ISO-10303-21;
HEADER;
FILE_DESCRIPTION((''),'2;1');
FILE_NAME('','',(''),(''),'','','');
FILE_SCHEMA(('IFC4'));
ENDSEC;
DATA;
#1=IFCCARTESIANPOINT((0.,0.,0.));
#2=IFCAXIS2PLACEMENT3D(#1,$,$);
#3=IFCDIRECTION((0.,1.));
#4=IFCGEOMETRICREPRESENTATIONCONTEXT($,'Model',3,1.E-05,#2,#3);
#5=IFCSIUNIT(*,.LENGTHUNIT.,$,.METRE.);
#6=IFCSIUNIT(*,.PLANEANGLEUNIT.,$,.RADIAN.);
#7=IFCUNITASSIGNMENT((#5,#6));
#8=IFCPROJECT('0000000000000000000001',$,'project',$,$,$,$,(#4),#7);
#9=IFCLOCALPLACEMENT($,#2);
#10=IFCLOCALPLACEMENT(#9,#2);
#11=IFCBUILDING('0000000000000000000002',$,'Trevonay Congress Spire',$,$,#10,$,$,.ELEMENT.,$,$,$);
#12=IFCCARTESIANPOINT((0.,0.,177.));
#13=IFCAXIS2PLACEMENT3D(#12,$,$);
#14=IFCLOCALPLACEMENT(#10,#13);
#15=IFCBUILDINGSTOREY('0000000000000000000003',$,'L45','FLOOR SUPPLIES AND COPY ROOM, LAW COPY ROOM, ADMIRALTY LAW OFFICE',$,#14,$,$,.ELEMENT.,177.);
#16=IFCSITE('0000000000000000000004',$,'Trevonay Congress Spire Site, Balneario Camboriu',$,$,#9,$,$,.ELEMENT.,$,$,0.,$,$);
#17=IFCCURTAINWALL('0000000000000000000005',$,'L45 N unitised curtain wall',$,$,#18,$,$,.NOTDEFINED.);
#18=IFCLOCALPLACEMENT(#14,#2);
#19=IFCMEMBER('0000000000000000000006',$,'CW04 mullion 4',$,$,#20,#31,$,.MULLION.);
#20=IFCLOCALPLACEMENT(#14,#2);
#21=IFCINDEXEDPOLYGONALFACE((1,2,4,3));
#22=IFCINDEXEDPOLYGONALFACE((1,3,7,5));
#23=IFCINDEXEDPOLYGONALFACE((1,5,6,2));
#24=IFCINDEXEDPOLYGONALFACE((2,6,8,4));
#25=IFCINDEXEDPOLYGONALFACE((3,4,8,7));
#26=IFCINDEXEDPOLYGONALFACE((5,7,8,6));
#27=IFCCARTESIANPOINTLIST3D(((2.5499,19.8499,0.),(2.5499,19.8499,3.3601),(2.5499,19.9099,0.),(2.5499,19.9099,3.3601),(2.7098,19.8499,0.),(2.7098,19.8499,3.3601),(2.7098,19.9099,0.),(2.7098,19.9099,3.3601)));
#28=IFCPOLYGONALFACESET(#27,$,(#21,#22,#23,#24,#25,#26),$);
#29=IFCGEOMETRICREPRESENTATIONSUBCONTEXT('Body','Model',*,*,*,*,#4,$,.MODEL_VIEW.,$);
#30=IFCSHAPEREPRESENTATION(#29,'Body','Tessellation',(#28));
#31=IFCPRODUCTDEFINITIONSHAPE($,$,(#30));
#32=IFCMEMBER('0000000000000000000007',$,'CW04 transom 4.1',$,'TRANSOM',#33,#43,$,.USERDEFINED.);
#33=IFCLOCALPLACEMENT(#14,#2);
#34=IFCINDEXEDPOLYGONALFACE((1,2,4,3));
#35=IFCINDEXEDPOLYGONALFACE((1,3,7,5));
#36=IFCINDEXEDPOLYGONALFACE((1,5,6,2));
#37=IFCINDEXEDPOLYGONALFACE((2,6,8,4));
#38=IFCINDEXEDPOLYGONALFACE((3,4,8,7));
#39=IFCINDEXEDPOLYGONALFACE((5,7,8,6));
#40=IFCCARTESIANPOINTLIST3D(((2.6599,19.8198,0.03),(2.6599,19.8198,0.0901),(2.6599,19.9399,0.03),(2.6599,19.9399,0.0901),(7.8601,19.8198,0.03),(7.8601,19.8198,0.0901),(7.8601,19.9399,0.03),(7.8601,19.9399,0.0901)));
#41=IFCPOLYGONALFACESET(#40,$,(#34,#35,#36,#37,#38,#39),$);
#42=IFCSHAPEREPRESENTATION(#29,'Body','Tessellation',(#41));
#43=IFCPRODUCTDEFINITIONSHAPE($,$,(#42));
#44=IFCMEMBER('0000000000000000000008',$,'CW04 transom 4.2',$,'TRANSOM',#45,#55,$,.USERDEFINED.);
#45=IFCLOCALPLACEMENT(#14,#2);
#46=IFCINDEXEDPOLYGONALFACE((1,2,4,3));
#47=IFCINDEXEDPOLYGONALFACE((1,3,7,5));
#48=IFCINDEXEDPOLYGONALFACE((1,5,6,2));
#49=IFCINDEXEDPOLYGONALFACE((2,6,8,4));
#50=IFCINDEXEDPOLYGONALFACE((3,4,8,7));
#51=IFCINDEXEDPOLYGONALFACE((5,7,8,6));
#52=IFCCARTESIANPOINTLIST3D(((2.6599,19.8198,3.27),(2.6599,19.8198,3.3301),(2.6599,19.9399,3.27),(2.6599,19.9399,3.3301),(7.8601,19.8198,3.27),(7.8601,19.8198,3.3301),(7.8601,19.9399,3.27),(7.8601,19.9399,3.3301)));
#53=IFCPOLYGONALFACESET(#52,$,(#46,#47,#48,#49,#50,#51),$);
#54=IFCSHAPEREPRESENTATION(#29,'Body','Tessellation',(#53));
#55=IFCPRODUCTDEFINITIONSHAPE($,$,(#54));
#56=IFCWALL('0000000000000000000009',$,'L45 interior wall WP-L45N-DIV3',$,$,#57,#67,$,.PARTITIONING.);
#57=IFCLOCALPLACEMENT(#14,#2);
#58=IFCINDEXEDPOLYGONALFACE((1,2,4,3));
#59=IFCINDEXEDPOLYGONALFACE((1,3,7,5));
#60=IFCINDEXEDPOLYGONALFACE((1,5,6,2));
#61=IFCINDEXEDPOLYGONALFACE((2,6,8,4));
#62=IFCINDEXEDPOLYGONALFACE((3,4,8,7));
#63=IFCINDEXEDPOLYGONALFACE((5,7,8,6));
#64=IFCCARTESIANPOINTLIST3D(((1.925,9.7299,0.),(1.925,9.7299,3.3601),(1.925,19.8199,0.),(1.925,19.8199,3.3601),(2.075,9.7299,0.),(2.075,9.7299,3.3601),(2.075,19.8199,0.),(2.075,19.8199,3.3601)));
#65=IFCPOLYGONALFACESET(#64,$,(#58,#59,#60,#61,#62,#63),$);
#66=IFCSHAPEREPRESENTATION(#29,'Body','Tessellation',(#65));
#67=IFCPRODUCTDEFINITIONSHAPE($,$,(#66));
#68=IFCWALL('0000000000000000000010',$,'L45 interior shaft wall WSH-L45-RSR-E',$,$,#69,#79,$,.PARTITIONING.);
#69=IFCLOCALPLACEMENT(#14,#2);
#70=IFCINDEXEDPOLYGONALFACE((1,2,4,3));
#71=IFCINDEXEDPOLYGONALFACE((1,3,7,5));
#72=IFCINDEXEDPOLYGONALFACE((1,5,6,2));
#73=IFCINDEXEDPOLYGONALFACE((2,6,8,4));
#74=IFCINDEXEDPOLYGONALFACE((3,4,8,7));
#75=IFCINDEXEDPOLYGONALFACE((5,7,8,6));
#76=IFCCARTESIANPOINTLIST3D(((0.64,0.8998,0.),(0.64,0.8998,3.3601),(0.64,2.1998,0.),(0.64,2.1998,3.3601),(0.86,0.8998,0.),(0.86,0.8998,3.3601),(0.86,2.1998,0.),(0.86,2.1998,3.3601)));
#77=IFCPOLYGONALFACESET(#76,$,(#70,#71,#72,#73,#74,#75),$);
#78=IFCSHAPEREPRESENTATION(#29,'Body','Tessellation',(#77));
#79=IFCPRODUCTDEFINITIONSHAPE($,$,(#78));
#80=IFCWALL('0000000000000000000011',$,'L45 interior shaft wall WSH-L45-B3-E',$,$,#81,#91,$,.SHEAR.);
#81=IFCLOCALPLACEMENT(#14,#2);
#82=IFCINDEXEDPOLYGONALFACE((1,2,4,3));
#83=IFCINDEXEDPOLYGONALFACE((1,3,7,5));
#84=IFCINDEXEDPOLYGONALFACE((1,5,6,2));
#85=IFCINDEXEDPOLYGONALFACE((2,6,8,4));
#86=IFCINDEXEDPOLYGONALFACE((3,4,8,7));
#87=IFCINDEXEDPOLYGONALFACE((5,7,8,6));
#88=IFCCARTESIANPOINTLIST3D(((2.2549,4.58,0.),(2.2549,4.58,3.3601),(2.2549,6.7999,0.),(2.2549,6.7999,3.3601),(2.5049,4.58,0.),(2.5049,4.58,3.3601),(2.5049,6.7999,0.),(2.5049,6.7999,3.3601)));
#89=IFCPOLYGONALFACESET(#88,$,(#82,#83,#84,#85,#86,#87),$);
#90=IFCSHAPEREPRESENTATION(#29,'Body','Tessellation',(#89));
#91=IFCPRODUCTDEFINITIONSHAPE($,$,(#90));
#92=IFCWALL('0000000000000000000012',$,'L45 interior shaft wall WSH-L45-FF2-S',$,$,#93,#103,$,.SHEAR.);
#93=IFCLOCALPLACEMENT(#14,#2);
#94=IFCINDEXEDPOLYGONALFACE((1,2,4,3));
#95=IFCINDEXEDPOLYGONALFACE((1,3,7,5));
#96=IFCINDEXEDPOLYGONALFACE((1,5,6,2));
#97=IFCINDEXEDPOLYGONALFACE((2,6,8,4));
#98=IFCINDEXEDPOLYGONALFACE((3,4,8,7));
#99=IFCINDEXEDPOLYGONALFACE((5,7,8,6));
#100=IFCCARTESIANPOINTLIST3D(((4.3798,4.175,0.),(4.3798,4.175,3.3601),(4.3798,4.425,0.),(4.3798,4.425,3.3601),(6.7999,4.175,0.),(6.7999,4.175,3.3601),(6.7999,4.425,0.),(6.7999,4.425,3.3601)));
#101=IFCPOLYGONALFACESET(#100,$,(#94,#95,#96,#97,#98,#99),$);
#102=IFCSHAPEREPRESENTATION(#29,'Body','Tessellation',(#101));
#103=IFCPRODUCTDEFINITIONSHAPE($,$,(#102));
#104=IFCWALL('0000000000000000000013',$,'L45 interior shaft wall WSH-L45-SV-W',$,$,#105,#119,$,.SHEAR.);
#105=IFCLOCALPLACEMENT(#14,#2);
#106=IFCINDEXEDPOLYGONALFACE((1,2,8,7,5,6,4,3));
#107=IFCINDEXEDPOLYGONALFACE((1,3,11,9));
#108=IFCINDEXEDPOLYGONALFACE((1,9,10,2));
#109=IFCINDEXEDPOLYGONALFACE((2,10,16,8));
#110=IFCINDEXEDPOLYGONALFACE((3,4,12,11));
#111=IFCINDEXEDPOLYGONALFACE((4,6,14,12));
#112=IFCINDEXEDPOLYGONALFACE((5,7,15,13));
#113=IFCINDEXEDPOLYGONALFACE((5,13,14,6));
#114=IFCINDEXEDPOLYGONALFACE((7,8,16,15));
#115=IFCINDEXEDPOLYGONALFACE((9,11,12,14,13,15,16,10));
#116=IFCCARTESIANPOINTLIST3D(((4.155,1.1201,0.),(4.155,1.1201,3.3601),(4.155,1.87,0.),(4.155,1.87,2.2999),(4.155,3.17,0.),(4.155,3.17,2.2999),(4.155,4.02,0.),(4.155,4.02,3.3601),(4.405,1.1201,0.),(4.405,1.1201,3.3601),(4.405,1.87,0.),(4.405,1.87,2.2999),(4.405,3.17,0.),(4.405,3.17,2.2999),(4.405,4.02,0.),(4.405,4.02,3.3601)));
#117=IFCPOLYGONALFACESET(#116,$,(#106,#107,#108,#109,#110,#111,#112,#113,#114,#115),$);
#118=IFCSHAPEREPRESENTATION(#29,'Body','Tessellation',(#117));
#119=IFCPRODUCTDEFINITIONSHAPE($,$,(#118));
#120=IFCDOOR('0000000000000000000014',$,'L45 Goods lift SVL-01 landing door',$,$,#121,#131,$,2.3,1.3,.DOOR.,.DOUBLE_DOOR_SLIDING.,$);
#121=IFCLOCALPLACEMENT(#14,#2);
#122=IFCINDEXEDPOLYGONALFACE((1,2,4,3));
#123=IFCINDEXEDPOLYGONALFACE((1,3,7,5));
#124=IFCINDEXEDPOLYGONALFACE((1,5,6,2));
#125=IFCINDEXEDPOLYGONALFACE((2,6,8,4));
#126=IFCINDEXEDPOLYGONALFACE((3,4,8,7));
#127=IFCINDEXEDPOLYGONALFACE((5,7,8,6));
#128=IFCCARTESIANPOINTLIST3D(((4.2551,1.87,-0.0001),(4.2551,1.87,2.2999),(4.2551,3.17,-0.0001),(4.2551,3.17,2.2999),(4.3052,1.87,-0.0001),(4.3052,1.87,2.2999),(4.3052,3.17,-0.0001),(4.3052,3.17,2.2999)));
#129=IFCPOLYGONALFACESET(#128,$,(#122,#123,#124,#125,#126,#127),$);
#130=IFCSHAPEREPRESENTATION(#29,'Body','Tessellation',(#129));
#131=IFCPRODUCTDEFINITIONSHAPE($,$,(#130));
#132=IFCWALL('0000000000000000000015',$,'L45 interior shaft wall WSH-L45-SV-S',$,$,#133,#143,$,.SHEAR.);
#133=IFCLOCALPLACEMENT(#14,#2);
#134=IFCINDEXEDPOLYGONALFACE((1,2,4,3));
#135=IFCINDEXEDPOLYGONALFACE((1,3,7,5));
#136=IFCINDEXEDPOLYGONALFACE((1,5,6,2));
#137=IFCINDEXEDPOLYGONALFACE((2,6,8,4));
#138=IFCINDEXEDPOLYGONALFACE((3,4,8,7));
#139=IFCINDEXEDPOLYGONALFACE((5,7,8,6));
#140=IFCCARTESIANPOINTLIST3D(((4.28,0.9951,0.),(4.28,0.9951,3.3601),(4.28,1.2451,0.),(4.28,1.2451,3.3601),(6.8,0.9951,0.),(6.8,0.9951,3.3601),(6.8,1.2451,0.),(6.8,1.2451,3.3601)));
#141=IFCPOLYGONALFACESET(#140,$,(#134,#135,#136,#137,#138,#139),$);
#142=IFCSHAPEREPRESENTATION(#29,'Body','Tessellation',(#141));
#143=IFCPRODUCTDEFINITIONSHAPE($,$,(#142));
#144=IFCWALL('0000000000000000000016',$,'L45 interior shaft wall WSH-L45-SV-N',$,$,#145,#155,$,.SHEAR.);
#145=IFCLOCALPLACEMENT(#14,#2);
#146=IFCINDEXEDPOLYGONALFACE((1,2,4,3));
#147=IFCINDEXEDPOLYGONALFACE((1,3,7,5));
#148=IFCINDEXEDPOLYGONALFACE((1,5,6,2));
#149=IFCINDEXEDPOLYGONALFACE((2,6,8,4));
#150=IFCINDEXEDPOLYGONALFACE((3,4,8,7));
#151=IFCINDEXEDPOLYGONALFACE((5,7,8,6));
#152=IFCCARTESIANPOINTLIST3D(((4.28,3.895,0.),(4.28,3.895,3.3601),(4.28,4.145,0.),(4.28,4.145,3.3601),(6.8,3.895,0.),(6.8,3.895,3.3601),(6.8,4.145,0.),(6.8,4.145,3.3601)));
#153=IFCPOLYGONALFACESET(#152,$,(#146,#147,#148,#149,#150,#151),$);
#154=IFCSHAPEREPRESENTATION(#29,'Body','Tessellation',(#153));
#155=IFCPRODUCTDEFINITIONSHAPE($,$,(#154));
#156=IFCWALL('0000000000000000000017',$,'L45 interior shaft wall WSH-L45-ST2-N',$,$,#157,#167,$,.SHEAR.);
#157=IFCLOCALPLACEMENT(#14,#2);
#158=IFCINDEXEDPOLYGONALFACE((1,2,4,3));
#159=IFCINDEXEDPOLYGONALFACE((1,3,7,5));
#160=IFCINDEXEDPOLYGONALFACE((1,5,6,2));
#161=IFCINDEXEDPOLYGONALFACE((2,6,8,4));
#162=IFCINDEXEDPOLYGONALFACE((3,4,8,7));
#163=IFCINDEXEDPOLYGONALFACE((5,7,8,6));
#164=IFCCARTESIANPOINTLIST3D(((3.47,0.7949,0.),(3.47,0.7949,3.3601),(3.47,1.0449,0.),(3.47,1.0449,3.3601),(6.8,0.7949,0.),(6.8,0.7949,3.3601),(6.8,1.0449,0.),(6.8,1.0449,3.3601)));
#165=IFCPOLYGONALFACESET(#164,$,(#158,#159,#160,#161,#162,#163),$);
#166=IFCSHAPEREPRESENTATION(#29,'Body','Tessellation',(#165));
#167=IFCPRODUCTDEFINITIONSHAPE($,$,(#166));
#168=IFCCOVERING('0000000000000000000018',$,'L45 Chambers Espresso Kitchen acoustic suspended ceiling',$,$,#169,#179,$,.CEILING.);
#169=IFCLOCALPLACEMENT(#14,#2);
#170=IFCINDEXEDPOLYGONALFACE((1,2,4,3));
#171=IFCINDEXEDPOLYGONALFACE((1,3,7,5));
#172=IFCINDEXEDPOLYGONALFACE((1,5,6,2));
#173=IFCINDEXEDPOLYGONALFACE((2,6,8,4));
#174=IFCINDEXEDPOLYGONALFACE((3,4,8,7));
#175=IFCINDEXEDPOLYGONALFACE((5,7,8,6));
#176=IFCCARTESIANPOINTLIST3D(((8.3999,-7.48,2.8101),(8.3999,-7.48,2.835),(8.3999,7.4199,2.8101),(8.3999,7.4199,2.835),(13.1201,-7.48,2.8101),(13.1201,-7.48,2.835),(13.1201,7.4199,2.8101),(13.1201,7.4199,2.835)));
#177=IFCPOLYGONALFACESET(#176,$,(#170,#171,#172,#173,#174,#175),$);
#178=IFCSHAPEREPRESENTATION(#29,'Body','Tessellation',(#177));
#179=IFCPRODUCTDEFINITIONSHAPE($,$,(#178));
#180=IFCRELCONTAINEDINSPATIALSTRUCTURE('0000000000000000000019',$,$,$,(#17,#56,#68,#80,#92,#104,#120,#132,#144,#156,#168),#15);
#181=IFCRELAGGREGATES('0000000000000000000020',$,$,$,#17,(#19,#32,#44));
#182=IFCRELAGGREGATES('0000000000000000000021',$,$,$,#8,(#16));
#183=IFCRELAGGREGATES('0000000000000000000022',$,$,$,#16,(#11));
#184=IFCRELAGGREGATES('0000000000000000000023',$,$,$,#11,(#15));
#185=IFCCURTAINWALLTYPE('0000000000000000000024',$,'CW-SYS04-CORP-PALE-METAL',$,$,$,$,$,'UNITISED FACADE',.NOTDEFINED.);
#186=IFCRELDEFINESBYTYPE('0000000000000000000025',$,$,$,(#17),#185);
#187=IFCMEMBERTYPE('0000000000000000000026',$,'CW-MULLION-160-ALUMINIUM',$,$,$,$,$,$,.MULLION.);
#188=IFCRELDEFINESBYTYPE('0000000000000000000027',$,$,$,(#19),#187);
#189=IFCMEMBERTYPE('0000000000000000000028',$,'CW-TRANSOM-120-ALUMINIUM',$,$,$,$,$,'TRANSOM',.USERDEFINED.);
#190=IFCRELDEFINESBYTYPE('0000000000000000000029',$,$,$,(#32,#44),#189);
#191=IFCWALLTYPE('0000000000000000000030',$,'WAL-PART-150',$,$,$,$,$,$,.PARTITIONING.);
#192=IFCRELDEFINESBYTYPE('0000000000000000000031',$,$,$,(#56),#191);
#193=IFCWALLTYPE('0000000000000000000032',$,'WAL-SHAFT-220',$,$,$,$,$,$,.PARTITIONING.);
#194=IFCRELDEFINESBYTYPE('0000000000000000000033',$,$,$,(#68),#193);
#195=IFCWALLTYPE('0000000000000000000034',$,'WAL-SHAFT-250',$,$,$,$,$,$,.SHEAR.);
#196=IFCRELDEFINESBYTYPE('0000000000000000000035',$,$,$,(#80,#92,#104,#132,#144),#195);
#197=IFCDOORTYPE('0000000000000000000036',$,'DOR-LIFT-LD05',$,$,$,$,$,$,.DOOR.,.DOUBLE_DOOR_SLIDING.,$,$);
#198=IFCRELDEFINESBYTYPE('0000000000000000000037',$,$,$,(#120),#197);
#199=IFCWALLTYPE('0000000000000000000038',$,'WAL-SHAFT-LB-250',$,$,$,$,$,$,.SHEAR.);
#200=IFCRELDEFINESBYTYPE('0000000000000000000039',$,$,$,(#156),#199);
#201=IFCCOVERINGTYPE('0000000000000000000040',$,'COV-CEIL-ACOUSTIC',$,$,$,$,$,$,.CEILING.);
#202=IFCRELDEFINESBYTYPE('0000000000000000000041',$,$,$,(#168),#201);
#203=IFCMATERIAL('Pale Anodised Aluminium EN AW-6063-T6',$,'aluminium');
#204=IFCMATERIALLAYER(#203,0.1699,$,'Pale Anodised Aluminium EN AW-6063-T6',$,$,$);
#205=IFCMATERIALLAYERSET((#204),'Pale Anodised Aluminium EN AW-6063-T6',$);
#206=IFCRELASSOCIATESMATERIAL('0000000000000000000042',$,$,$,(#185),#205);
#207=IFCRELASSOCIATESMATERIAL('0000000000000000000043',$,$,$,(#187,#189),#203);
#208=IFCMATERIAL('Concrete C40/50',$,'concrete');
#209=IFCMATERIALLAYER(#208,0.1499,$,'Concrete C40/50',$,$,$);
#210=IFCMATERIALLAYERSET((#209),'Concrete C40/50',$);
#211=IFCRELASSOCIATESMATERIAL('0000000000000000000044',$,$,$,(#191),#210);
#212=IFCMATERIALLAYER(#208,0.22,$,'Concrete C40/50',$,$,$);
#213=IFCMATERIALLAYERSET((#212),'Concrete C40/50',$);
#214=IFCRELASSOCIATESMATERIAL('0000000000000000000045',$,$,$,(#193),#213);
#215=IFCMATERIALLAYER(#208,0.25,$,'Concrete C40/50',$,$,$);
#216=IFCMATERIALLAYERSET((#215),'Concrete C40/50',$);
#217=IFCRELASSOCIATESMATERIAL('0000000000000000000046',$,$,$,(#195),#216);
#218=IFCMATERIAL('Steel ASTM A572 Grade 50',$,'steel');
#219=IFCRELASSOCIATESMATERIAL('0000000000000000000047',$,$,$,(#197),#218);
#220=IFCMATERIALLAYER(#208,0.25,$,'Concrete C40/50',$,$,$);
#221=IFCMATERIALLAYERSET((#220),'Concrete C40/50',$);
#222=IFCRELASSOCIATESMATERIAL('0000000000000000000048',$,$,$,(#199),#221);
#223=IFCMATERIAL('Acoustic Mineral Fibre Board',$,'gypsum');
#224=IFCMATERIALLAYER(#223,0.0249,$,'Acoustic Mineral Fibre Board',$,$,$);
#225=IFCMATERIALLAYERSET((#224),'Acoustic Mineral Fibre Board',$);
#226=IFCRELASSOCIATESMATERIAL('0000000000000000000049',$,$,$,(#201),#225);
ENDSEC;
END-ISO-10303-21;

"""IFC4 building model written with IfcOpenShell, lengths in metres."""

from ifc_helpers import new_model, si_unit, direction, frame, frame_2d, origin, origin_2d, place, context, subcontext, project, spatial, polyline, rectangle, outline, extrude, material, layer, layer_set, material_profile, profile_set, type_object, element, fill, aggregate, save


model = new_model("IFC4")

# Units and contexts
model_context = context("Model", 3, precision=1e-05, world=origin(), true_north=direction((0.0, 1.0)))
body_context = subcontext(model_context, "Body", "Model", "MODEL_VIEW")
ifc_project = project(units=[si_unit("LENGTHUNIT", "METRE"), si_unit("PLANEANGLEUNIT", "RADIAN")], contexts=[model_context])

# Site, building, storey
site_placement = place(None, origin())
site = spatial("IfcSite", under=ifc_project, at=site_placement, Name="Trevonay Congress Spire Site, Balneario Camboriu", CompositionType="ELEMENT", RefElevation=0.0)
building_placement = place(site_placement, origin())
building = spatial("IfcBuilding", under=site, at=building_placement, Name="Trevonay Congress Spire", CompositionType="ELEMENT")
storey_placement = place(building_placement, frame((0.0, 0.0, 177.0)))
storey = spatial("IfcBuildingStorey", under=building, at=storey_placement, Name="L45", Description="FLOOR SUPPLIES AND COPY ROOM, LAW COPY ROOM, ADMIRALTY LAW OFFICE", CompositionType="ELEMENT", Elevation=177.0)

# Shared definitions
ifc_material_1 = material(Name="Steel ASTM A572 Grade 50", Category="steel")

# Curtain wall, members
ifc_material_2 = material(Name="Pale Anodised Aluminium EN AW-6063-T6", Category="aluminium")
ifc_layer_1 = layer(ifc_material_2, 0.1699, Name="Pale Anodised Aluminium EN AW-6063-T6")
ifc_layer_set_1 = layer_set([ifc_layer_1], Name="Pale Anodised Aluminium EN AW-6063-T6")
curtain_wall_type = type_object("IfcCurtainWallType", Name="CW-SYS04-CORP-PALE-METAL", ElementType="UNITISED FACADE", PredefinedType="NOTDEFINED", material=ifc_layer_set_1)
curtain_wall_placement = place(storey_placement, origin())
curtain_wall = element("IfcCurtainWall", 1, at=curtain_wall_placement, inside=storey, type_object=curtain_wall_type, Name="L45 N unitised curtain wall", PredefinedType="NOTDEFINED")
ifc_material_profile_1 = material_profile(ifc_material_2, rectangle(XDim=0.0601, YDim=0.1599, at=origin_2d()), Name="CW-MULLION-160-ALUMINIUM")
ifc_profile_set_1 = profile_set([ifc_material_profile_1], Name="Pale Anodised Aluminium EN AW-6063-T6")
member_type_1 = type_object("IfcMemberType", Name="CW-MULLION-160-ALUMINIUM", PredefinedType="MULLION", material=ifc_profile_set_1)
member_1_placement = place(storey_placement, frame((2.6299, 19.8799, 0.0), z_axis=(0.0, 0.0, 1.0), x_axis=(0.0, 1.0, 0.0)))
member_1 = element("IfcMember", 2, at=member_1_placement, type_object=member_type_1, Name="CW04 mullion 4", PredefinedType="MULLION", context=body_context, shape_type="SweptSolid", body=[
    extrude(rectangle(XDim=0.0601, YDim=0.1599, at=origin_2d()), origin(), (0.0, 0.0, 1.0), 3.3601),
])
ifc_material_profile_2 = material_profile(ifc_material_2, rectangle(XDim=0.1201, YDim=0.0601, at=origin_2d()), Name="CW-TRANSOM-120-ALUMINIUM")
ifc_profile_set_2 = profile_set([ifc_material_profile_2], Name="Pale Anodised Aluminium EN AW-6063-T6")
member_type_2 = type_object("IfcMemberType", Name="CW-TRANSOM-120-ALUMINIUM", ElementType="TRANSOM", PredefinedType="USERDEFINED", material=ifc_profile_set_2)
member_2_placement = place(storey_placement, frame((2.6599, 19.8799, 0.0601), z_axis=(1.0, 0.0, 0.0), x_axis=(0.0, 1.0, 0.0)))
member_2 = element("IfcMember", 3, at=member_2_placement, type_object=member_type_2, Name="CW04 transom 4.1", ObjectType="TRANSOM", PredefinedType="USERDEFINED", context=body_context, shape_type="SweptSolid", body=[
    extrude(rectangle(XDim=0.1201, YDim=0.0601, at=origin_2d()), origin(), (0.0, 0.0, 1.0), 5.2002),
])
member_3_placement = place(storey_placement, frame((2.6599, 19.8799, 3.3), z_axis=(1.0, 0.0, 0.0), x_axis=(0.0, 1.0, 0.0)))
member_3 = element("IfcMember", 4, at=member_3_placement, type_object=member_type_2, Name="CW04 transom 4.2", ObjectType="TRANSOM", PredefinedType="USERDEFINED", context=body_context, shape_type="SweptSolid", body=[
    extrude(rectangle(XDim=0.1201, YDim=0.0601, at=origin_2d()), origin(), (0.0, 0.0, 1.0), 5.2002),
])
aggregate(curtain_wall, [member_1, member_2, member_3])

# Walls
ifc_material_3 = material(Name="Concrete C40/50", Category="concrete")
ifc_layer_2 = layer(ifc_material_3, 0.1499, Name="Concrete C40/50")
ifc_layer_set_2 = layer_set([ifc_layer_2], Name="Concrete C40/50")
wall_type_1 = type_object("IfcWallType", Name="WAL-PART-150", PredefinedType="PARTITIONING", material=ifc_layer_set_2)
wall_1_placement = place(storey_placement, frame((2.0, 9.73, 0.0), z_axis=(0.0, 0.0, 1.0), x_axis=(0.0, 1.0, 0.0)))
element("IfcWall", 5, at=wall_1_placement, inside=storey, type_object=wall_type_1, Name="L45 interior wall WP-L45N-DIV3", PredefinedType="PARTITIONING", context=body_context, shape_type="SweptSolid", body=[
    extrude(rectangle(XDim=10.0901, YDim=0.1499, at=frame_2d((5.0449, 0.0))), origin(), (0.0, 0.0, 1.0), 3.3601),
])
ifc_layer_3 = layer(ifc_material_3, 0.22, Name="Concrete C40/50")
ifc_layer_set_3 = layer_set([ifc_layer_3], Name="Concrete C40/50")
wall_type_2 = type_object("IfcWallType", Name="WAL-SHAFT-220", PredefinedType="PARTITIONING", material=ifc_layer_set_3)
wall_2_placement = place(storey_placement, frame((0.75, 0.8999, 0.0), z_axis=(0.0, 0.0, 1.0), x_axis=(0.0, 1.0, 0.0)))
element("IfcWall", 6, at=wall_2_placement, inside=storey, type_object=wall_type_2, Name="L45 interior shaft wall WSH-L45-RSR-E", PredefinedType="PARTITIONING", context=body_context, shape_type="SweptSolid", body=[
    extrude(rectangle(XDim=1.3, YDim=0.22, at=frame_2d((0.6499, 0.0))), origin(), (0.0, 0.0, 1.0), 3.3601),
])
ifc_layer_4 = layer(ifc_material_3, 0.25, Name="Concrete C40/50")
ifc_layer_set_4 = layer_set([ifc_layer_4], Name="Concrete C40/50")
wall_type_3 = type_object("IfcWallType", Name="WAL-SHAFT-250", PredefinedType="SHEAR", material=ifc_layer_set_4)
wall_3_placement = place(storey_placement, frame((2.3799, 4.5801, 0.0), z_axis=(0.0, 0.0, 1.0), x_axis=(0.0, 1.0, 0.0)))
element("IfcWall", 7, at=wall_3_placement, inside=storey, type_object=wall_type_3, Name="L45 interior shaft wall WSH-L45-B3-E", PredefinedType="SHEAR", context=body_context, shape_type="SweptSolid", body=[
    extrude(rectangle(XDim=2.22, YDim=0.25, at=frame_2d((1.1099, 0.0))), origin(), (0.0, 0.0, 1.0), 3.3601),
])
wall_4_placement = place(storey_placement, frame((4.3799, 4.3, 0.0), z_axis=(0.0, 0.0, 1.0), x_axis=(1.0, 0.0, 0.0)))
element("IfcWall", 8, at=wall_4_placement, inside=storey, type_object=wall_type_3, Name="L45 interior shaft wall WSH-L45-FF2-S", PredefinedType="SHEAR", context=body_context, shape_type="SweptSolid", body=[
    extrude(rectangle(XDim=2.4202, YDim=0.25, at=frame_2d((1.21, 0.0))), origin(), (0.0, 0.0, 1.0), 3.3601),
])

# Wall, opening, door
wall_5_placement = place(storey_placement, frame((4.28, 1.1201, 0.0), z_axis=(0.0, 0.0, 1.0), x_axis=(0.0, 1.0, 0.0)))
wall_5 = element("IfcWall", 9, at=wall_5_placement, inside=storey, type_object=wall_type_3, Name="L45 interior shaft wall WSH-L45-SV-W", PredefinedType="SHEAR", context=body_context, shape_type="SweptSolid", body=[
    extrude(rectangle(XDim=2.8999, YDim=0.25, at=frame_2d((1.45, 0.0))), origin(), (0.0, 0.0, 1.0), 3.3601),
])
opening_placement = place(wall_5_placement, frame((0.75, 0.0, 0.0)))
opening = element("IfcOpeningElement", 10, at=opening_placement, cuts=wall_5, PredefinedType="OPENING", context=body_context, shape_type="SweptSolid", body=[
    extrude(rectangle(XDim=1.3, YDim=2.3, at=frame_2d((0.6499, 1.1499))), frame((0.0, 0.135, 0.0), z_axis=(0.0, -1.0, 0.0), x_axis=(1.0, 0.0, 0.0)), (0.0, 0.0, 1.0), 0.27),
])
door_type = type_object("IfcDoorType", Name="DOR-LIFT-LD05", OperationType="DOUBLE_DOOR_SLIDING", PredefinedType="DOOR", material=ifc_material_1)
door_placement = place(opening_placement, origin())
door = element("IfcDoor", 11, at=door_placement, inside=storey, type_object=door_type, Name="L45 Goods lift SVL-01 landing door", OperationType="DOUBLE_DOOR_SLIDING", OverallHeight=2.3, OverallWidth=1.3, PredefinedType="DOOR", context=body_context, shape_type="SweptSolid", body=[
    extrude(rectangle(XDim=1.3, YDim=2.3, at=frame_2d((0.6499, 1.1499))), frame((0.0, 0.0249, 0.0), z_axis=(0.0, -1.0, 0.0), x_axis=(1.0, 0.0, 0.0)), (0.0, 0.0, 1.0), 0.05),
])
fill(opening, door)

# Walls
for number, where, z_axis, x_axis, name in (
    (12, (4.28, 1.1201, 0.0), (0.0, 0.0, 1.0), (1.0, 0.0, 0.0), "L45 interior shaft wall WSH-L45-SV-S"),
    (13, (4.28, 4.02, 0.0), (0.0, 0.0, 1.0), (1.0, 0.0, 0.0), "L45 interior shaft wall WSH-L45-SV-N"),
):
    element("IfcWall", number, at=place(storey_placement, frame(where, z_axis=z_axis, x_axis=x_axis)), inside=storey, type_object=wall_type_3, Name=name, PredefinedType="SHEAR", context=body_context, shape_type="SweptSolid", body=[
        extrude(rectangle(XDim=2.52, YDim=0.25, at=frame_2d((1.26, 0.0))), origin(), (0.0, 0.0, 1.0), 3.3601),
    ])
ifc_layer_5 = layer(ifc_material_3, 0.25, Name="Concrete C40/50")
ifc_layer_set_5 = layer_set([ifc_layer_5], Name="Concrete C40/50")
wall_type_4 = type_object("IfcWallType", Name="WAL-SHAFT-LB-250", PredefinedType="SHEAR", material=ifc_layer_set_5)
wall_6_placement = place(storey_placement, frame((3.47, 0.9199, 0.0), z_axis=(0.0, 0.0, 1.0), x_axis=(1.0, 0.0, 0.0)))
element("IfcWall", 14, at=wall_6_placement, inside=storey, type_object=wall_type_4, Name="L45 interior shaft wall WSH-L45-ST2-N", PredefinedType="SHEAR", context=body_context, shape_type="SweptSolid", body=[
    extrude(rectangle(XDim=3.3301, YDim=0.25, at=frame_2d((1.665, 0.0))), origin(), (0.0, 0.0, 1.0), 3.3601),
])

# Covering
ifc_material_4 = material(Name="Acoustic Mineral Fibre Board", Category="gypsum")
ifc_layer_6 = layer(ifc_material_4, 0.0249, Name="Acoustic Mineral Fibre Board")
ifc_layer_set_6 = layer_set([ifc_layer_6], Name="Acoustic Mineral Fibre Board")
covering_type_1 = type_object("IfcCoveringType", Name="COV-CEIL-ACOUSTIC", PredefinedType="CEILING", material=ifc_layer_set_6)
covering_1_placement = place(storey_placement, frame((0.0, 0.0, 2.8101)))
element("IfcCovering", 15, at=covering_1_placement, inside=storey, type_object=covering_type_1, Name="L45 Chambers Espresso Kitchen acoustic suspended ceiling", PredefinedType="CEILING", context=body_context, shape_type="SweptSolid", body=[
    extrude(outline(polyline([(8.3999, -7.48), (13.1201, -7.48), (13.1201, 7.4199), (8.3999, 7.4199), (8.3999, -7.48)])), origin(), (0.0, 0.0, 1.0), 0.0249),
])

save(model, "model.ifc")
